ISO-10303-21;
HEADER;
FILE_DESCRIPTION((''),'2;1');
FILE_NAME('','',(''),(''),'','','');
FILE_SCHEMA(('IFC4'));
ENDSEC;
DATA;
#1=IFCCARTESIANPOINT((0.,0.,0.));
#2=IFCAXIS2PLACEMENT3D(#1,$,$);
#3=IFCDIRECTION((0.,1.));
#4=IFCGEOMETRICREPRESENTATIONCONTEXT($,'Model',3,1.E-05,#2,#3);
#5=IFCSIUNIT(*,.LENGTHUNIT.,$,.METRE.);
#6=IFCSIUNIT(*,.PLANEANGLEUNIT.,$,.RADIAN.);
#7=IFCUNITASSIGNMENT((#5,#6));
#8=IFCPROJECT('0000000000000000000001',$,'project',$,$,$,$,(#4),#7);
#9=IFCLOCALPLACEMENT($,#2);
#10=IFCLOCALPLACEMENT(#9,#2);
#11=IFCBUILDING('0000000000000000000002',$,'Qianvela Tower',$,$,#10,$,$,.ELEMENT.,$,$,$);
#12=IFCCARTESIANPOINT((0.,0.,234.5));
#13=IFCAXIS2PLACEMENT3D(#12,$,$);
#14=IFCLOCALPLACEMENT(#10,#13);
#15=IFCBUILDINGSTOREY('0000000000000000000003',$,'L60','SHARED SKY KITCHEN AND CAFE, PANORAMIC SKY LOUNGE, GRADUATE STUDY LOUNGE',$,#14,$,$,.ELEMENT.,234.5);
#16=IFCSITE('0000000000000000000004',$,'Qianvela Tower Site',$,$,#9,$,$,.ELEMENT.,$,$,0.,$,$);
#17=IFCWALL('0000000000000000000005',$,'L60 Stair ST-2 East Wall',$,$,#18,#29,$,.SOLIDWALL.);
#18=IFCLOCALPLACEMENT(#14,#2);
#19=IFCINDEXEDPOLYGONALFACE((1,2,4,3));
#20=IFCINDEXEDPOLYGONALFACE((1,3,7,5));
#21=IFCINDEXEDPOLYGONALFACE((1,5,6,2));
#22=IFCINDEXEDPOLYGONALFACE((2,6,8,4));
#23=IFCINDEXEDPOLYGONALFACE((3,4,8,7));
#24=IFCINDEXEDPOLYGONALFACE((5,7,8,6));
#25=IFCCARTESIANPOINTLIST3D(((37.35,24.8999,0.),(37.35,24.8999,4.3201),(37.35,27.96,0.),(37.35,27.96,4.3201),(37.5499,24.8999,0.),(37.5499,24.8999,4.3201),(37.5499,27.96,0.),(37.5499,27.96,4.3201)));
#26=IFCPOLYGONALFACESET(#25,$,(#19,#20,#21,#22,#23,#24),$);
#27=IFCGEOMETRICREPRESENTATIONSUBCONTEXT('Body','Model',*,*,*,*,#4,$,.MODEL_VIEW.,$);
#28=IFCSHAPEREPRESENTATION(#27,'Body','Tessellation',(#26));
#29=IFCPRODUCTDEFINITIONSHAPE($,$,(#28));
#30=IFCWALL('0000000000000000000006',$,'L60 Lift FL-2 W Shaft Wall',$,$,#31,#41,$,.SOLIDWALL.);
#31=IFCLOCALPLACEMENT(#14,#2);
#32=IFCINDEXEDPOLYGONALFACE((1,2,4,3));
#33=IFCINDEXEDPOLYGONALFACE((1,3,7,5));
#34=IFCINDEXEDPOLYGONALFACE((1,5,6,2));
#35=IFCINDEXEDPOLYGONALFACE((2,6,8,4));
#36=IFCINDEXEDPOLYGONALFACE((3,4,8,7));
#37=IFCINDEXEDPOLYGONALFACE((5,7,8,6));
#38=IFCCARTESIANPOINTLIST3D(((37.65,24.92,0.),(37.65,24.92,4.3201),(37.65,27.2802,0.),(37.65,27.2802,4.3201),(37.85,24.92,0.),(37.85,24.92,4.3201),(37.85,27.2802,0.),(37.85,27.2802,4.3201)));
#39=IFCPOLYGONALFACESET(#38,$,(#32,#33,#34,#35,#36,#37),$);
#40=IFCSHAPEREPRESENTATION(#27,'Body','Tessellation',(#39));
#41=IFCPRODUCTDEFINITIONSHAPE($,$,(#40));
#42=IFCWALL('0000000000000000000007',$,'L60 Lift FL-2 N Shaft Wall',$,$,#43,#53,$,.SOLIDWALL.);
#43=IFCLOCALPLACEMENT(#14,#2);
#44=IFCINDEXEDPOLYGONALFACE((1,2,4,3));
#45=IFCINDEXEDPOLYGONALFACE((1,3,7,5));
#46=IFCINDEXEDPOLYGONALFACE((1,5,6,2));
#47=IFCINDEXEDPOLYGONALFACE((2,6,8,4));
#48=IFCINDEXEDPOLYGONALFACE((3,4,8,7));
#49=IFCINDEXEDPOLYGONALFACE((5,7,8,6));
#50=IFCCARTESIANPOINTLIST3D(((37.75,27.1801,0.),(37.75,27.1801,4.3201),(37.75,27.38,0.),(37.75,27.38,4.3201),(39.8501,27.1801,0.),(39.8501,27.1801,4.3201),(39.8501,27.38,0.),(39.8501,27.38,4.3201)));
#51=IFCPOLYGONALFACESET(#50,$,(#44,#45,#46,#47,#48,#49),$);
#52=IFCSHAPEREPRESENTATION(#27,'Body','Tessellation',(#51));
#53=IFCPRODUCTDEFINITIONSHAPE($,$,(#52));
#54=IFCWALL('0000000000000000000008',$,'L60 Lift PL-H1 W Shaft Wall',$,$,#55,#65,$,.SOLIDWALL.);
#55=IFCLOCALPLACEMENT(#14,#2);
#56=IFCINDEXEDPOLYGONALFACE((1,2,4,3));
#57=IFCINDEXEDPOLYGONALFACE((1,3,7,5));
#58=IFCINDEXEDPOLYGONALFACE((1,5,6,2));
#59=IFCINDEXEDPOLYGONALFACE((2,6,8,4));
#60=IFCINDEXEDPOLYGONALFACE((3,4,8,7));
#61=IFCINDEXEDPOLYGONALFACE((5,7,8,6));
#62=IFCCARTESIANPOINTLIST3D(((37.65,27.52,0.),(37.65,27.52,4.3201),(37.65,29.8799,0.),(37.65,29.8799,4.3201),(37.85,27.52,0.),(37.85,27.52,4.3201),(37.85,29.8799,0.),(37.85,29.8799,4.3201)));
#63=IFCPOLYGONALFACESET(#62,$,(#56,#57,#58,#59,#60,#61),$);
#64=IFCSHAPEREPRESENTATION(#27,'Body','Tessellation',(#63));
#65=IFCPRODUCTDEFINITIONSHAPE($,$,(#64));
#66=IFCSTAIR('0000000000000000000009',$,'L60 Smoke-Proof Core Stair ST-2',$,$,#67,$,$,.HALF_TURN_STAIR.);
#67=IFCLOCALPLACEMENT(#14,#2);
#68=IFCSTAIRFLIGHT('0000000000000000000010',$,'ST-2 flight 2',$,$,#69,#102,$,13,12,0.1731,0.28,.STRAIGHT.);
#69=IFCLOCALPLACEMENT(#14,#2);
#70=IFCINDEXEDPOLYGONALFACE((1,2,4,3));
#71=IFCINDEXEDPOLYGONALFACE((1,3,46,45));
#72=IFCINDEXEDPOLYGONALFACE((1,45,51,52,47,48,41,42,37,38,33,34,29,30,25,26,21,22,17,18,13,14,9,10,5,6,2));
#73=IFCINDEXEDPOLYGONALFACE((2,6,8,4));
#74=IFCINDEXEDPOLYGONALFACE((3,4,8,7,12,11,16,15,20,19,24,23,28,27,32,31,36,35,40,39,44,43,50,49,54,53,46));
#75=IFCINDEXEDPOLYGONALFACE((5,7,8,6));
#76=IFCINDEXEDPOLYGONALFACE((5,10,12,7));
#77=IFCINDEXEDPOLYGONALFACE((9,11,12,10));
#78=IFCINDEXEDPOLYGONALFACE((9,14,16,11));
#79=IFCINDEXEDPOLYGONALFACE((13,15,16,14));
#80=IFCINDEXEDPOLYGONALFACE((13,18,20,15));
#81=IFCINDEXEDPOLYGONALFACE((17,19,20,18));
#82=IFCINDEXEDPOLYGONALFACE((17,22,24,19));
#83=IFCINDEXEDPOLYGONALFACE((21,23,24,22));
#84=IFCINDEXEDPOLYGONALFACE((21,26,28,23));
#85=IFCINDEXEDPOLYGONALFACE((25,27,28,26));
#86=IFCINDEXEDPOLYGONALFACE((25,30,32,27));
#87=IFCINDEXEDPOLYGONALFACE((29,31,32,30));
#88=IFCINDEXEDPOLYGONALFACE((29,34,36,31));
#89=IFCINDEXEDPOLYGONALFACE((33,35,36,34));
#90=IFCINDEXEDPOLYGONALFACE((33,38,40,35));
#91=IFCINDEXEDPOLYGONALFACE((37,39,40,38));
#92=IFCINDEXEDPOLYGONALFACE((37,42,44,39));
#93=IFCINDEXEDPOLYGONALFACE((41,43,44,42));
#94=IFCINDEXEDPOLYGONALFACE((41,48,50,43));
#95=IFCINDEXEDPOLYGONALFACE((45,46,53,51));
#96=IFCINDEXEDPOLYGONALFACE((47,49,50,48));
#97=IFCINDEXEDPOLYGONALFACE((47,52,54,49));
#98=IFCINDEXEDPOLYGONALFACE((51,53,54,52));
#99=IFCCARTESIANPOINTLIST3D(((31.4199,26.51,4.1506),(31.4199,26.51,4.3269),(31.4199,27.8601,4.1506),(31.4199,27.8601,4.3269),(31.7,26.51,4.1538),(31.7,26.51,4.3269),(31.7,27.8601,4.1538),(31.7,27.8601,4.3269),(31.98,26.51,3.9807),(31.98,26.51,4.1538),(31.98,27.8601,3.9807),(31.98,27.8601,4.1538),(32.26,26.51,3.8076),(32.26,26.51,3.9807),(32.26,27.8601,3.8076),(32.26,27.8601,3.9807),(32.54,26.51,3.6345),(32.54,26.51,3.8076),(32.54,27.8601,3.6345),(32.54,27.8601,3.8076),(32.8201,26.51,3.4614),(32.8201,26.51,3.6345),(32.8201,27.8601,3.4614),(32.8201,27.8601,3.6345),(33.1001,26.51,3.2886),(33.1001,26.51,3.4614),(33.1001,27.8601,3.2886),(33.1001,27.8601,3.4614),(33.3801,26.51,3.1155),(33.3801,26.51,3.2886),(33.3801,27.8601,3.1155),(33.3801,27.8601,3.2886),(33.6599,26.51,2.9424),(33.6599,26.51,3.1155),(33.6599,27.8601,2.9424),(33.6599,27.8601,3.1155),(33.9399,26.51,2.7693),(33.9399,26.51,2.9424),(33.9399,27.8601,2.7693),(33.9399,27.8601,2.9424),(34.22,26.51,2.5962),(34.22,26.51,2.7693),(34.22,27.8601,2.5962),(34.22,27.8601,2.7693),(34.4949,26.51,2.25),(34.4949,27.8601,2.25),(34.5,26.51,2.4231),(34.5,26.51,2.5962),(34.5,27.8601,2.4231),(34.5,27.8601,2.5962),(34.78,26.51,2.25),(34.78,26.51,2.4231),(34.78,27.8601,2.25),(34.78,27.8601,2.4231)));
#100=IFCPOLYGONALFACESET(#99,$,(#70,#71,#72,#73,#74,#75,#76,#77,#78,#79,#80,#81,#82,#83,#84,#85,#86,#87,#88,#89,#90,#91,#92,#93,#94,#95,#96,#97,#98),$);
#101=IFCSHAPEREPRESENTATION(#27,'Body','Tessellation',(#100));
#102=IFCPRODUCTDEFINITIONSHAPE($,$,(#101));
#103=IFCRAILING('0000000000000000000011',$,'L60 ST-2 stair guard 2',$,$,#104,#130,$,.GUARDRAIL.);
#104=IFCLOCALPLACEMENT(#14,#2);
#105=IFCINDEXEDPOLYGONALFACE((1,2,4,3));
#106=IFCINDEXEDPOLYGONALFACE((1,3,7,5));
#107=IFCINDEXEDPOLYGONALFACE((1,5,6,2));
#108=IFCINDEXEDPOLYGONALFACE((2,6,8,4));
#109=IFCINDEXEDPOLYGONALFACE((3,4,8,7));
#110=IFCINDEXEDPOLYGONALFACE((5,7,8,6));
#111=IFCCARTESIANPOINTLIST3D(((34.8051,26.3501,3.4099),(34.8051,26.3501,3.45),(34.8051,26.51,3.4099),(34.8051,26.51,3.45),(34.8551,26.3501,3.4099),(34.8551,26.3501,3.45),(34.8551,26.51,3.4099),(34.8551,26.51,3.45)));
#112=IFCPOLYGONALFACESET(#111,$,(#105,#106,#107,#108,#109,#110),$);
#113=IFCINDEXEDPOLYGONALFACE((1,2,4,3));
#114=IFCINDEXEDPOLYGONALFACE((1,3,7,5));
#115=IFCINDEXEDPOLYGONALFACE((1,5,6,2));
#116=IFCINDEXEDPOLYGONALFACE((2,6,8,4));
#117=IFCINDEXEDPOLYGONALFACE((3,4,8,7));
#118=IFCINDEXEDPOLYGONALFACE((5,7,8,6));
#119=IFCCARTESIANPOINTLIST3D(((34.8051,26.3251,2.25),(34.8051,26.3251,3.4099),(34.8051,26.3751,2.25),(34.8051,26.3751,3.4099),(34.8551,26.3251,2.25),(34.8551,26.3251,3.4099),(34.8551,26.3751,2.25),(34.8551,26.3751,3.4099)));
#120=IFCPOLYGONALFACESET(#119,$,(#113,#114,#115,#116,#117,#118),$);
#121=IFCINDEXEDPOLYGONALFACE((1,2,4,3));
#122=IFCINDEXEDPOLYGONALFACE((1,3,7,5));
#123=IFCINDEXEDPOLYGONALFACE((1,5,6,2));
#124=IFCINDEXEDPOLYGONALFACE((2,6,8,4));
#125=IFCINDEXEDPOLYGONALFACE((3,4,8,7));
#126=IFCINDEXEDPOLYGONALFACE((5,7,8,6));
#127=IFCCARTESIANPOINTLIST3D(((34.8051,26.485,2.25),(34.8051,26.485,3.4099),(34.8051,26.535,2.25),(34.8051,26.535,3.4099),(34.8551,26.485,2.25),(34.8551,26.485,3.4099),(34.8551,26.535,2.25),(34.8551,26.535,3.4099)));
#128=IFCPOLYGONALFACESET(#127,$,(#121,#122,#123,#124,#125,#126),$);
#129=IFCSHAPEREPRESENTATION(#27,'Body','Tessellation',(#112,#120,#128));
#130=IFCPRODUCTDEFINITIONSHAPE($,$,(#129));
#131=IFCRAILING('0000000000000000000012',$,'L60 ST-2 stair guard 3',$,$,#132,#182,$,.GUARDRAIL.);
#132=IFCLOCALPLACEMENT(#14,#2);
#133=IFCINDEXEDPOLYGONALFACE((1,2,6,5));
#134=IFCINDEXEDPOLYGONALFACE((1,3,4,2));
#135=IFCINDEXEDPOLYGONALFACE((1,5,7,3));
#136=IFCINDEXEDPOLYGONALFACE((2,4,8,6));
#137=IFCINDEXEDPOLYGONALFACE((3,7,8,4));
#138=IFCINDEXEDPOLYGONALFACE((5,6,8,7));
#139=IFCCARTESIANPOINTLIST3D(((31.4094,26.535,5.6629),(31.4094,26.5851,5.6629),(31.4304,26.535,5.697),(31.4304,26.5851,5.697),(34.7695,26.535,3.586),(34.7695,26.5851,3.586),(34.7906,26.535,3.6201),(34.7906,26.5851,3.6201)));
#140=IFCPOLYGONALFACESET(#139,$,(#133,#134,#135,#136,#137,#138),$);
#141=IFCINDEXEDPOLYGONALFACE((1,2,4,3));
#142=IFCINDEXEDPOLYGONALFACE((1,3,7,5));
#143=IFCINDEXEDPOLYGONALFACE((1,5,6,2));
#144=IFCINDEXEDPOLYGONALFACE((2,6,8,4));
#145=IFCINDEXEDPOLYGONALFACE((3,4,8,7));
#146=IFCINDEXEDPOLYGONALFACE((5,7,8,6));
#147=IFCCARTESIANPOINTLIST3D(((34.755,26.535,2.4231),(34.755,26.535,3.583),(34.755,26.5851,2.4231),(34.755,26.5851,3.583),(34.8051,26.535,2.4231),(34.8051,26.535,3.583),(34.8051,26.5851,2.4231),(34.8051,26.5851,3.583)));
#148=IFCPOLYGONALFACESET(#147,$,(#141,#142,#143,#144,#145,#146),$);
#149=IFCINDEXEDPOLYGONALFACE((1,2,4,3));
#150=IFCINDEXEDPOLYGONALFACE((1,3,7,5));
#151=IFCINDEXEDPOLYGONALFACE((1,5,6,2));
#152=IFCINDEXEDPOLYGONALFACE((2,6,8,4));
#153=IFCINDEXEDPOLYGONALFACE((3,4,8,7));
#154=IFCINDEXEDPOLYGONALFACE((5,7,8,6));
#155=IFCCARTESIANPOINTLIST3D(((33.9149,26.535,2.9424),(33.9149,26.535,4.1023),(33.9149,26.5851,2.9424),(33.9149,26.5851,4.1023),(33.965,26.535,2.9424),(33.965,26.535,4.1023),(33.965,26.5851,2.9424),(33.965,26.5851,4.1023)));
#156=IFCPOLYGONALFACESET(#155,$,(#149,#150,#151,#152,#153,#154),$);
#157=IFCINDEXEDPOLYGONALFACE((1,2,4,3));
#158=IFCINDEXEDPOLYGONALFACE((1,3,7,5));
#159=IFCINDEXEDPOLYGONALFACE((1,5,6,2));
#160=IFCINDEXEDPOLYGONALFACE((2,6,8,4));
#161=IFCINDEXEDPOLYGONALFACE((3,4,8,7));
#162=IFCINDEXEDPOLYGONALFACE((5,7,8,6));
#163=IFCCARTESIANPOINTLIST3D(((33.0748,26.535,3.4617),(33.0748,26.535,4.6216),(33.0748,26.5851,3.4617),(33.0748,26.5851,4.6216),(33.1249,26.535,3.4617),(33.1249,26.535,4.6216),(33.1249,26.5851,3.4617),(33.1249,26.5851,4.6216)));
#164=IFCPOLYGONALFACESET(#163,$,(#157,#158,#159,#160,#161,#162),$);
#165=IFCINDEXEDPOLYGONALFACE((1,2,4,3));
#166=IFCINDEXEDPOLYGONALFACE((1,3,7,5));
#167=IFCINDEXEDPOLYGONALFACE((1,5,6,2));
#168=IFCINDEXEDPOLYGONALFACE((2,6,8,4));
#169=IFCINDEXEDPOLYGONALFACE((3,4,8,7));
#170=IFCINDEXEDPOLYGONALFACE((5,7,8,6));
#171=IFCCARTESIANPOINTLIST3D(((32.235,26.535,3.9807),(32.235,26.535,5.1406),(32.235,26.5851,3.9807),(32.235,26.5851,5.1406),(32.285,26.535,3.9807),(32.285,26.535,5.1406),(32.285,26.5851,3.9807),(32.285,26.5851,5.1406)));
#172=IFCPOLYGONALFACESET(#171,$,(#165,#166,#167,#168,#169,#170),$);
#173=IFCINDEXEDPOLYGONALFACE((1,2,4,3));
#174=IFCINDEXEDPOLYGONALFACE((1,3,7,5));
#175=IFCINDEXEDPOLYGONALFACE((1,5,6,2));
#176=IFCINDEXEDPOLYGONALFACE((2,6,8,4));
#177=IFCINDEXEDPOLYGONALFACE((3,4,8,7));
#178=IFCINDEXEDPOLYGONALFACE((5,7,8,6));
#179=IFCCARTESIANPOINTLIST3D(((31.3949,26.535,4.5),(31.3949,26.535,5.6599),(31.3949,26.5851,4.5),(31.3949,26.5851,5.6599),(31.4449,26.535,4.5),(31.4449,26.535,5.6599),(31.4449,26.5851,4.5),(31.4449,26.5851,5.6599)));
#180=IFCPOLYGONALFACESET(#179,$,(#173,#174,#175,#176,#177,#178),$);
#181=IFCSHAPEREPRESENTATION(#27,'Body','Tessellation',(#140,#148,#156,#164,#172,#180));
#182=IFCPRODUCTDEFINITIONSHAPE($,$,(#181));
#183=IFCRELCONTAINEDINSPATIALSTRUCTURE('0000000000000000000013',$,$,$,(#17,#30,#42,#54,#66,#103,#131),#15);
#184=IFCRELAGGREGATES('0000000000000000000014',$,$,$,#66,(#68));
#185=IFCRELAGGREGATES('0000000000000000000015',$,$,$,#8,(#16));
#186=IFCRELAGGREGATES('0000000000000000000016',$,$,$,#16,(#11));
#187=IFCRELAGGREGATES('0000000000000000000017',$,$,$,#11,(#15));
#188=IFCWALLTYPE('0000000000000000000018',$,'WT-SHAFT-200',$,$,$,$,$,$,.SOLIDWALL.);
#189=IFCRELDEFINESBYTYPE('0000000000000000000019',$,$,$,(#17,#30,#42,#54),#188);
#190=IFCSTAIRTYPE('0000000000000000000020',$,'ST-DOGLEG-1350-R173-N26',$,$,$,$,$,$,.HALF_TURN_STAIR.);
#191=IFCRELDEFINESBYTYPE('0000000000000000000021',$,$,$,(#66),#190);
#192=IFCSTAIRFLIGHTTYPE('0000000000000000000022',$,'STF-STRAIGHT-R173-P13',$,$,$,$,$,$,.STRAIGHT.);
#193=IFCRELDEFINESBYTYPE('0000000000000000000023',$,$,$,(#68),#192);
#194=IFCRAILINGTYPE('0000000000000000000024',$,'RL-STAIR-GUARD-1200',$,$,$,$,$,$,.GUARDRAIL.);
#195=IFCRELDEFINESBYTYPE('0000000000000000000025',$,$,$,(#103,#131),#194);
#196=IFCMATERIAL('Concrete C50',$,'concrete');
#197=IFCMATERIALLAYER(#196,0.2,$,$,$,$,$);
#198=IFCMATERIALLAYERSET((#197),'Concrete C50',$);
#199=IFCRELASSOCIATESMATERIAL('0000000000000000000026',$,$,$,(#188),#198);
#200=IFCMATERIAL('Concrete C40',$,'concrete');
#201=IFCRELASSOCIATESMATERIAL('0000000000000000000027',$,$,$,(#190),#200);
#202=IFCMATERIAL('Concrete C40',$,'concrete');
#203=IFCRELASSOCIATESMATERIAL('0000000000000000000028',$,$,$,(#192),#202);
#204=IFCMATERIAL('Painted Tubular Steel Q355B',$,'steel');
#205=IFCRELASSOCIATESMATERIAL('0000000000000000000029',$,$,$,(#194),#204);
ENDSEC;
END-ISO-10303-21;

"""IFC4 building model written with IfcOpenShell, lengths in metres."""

from ifc_helpers import new_model, si_unit, direction, frame, frame_2d, origin, origin_2d, place, context, subcontext, project, spatial, polyline, rectangle, outline, extrude, material, layer, layer_set, type_object, element, aggregate, save


model = new_model("IFC4")

# Units and contexts
model_context = context("Model", 3, precision=1e-05, world=origin(), true_north=direction((0.0, 1.0)))
body_context = subcontext(model_context, "Body", "Model", "MODEL_VIEW")
ifc_project = project(units=[si_unit("LENGTHUNIT", "METRE"), si_unit("PLANEANGLEUNIT", "RADIAN")], contexts=[model_context])

# Site, building, storey
site_placement = place(None, origin())
site = spatial("IfcSite", under=ifc_project, at=site_placement, Name="Qianvela Tower Site", CompositionType="ELEMENT", RefElevation=0.0)
building_placement = place(site_placement, origin())
building = spatial("IfcBuilding", under=site, at=building_placement, Name="Qianvela Tower", CompositionType="ELEMENT")
storey_placement = place(building_placement, frame((0.0, 0.0, 234.5)))
storey = spatial("IfcBuildingStorey", under=building, at=storey_placement, Name="L60", Description="SHARED SKY KITCHEN AND CAFE, PANORAMIC SKY LOUNGE, GRADUATE STUDY LOUNGE", CompositionType="ELEMENT", Elevation=234.5)

# Wall
ifc_material_1 = material(Name="Concrete C50", Category="concrete")
ifc_layer_1 = layer(ifc_material_1, 0.2)
ifc_layer_set_1 = layer_set([ifc_layer_1], Name="Concrete C50")
wall_type_1 = type_object("IfcWallType", Name="WT-SHAFT-200", PredefinedType="SOLIDWALL", material=ifc_layer_set_1)
wall_1_placement = place(storey_placement, frame((37.45, 24.8999, 0.0), z_axis=(0.0, 0.0, 1.0), x_axis=(0.0, 1.0, 0.0)))
element("IfcWall", 1, at=wall_1_placement, inside=storey, type_object=wall_type_1, Name="L60 Stair ST-2 East Wall", PredefinedType="SOLIDWALL", context=body_context, shape_type="SweptSolid", body=[
    extrude(rectangle(XDim=3.0601, YDim=0.2, at=frame_2d((1.53, 0.0))), origin(), (0.0, 0.0, 1.0), 4.3201),
])

# Walls
wall_2_placement = place(storey_placement, frame((37.75, 24.9199, 0.0), z_axis=(0.0, 0.0, 1.0), x_axis=(0.0, 1.0, 0.0)))
element("IfcWall", 2, at=wall_2_placement, inside=storey, type_object=wall_type_1, Name="L60 Lift FL-2 W Shaft Wall", PredefinedType="SOLIDWALL", context=body_context, shape_type="SweptSolid", body=[
    extrude(rectangle(XDim=2.3601, YDim=0.2, at=frame_2d((1.1802, 0.0))), origin(), (0.0, 0.0, 1.0), 4.3201),
])
wall_3_placement = place(storey_placement, frame((37.75, 27.28, 0.0), z_axis=(0.0, 0.0, 1.0), x_axis=(1.0, 0.0, 0.0)))
element("IfcWall", 3, at=wall_3_placement, inside=storey, type_object=wall_type_1, Name="L60 Lift FL-2 N Shaft Wall", PredefinedType="SOLIDWALL", context=body_context, shape_type="SweptSolid", body=[
    extrude(rectangle(XDim=2.1001, YDim=0.2, at=frame_2d((1.05, 0.0))), origin(), (0.0, 0.0, 1.0), 4.3201),
])

# Wall
wall_4_placement = place(storey_placement, frame((37.75, 27.52, 0.0), z_axis=(0.0, 0.0, 1.0), x_axis=(0.0, 1.0, 0.0)))
element("IfcWall", 4, at=wall_4_placement, inside=storey, type_object=wall_type_1, Name="L60 Lift PL-H1 W Shaft Wall", PredefinedType="SOLIDWALL", context=body_context, shape_type="SweptSolid", body=[
    extrude(rectangle(XDim=2.3599, YDim=0.2, at=frame_2d((1.1799, 0.0))), origin(), (0.0, 0.0, 1.0), 4.3201),
])

# Stair, stair flight
ifc_material_2 = material(Name="Concrete C40", Category="concrete")
stair_type = type_object("IfcStairType", Name="ST-DOGLEG-1350-R173-N26", PredefinedType="HALF_TURN_STAIR", material=ifc_material_2)
stair_placement = place(storey_placement, origin())
stair = element("IfcStair", 5, at=stair_placement, inside=storey, type_object=stair_type, Name="L60 Smoke-Proof Core Stair ST-2", PredefinedType="HALF_TURN_STAIR")
ifc_material_3 = material(Name="Concrete C40", Category="concrete")
stair_flight_type = type_object("IfcStairFlightType", Name="STF-STRAIGHT-R173-P13", PredefinedType="STRAIGHT", material=ifc_material_3)
stair_flight_placement = place(storey_placement, frame((34.78, 27.1851, 2.25), z_axis=(0.0, 0.0, 1.0), x_axis=(-1.0, 0.0, 0.0)))
stair_flight = element("IfcStairFlight", 6, at=stair_flight_placement, type_object=stair_flight_type, Name="ST-2 flight 2", NumberOfRisers=13, NumberOfTreads=12, PredefinedType="STRAIGHT", RiserHeight=0.1731, TreadLength=0.28, context=body_context, shape_type="SweptSolid", body=[
    extrude(outline(polyline([(0.0, 0.0), (0.0, 0.1731), (0.28, 0.1731), (0.28, 0.3462), (0.5601, 0.3462), (0.5601, 0.5193), (0.8401, 0.5193), (0.8401, 0.6924), (1.1201, 0.6924), (1.1201, 0.8655), (1.3999, 0.8655), (1.3999, 1.0386), (1.6799, 1.0386), (1.6799, 1.2114), (1.96, 1.2114), (1.96, 1.3845), (2.24, 1.3845), (2.24, 1.5576), (2.52, 1.5576), (2.52, 1.7307), (2.8, 1.7307), (2.8, 1.9038), (3.0801, 1.9038), (3.0801, 2.0769), (3.3601, 2.0769), (3.3601, 2.25), (3.3601, 1.9006), (0.2852, 0.0), (0.0, 0.0)])), frame((0.0, 0.675, 0.0), z_axis=(0.0, -1.0, 0.0), x_axis=(1.0, 0.0, 0.0)), (0.0, 0.0, 1.0), 1.3501),
])
aggregate(stair, [stair_flight])

# Railings
ifc_material_4 = material(Name="Painted Tubular Steel Q355B", Category="steel")
railing_type = type_object("IfcRailingType", Name="RL-STAIR-GUARD-1200", PredefinedType="GUARDRAIL", material=ifc_material_4)
railing_1_placement = place(storey_placement, frame((34.8301, 26.3501, 2.25)))
element("IfcRailing", 7, at=railing_1_placement, inside=storey, type_object=railing_type, Name="L60 ST-2 stair guard 2", PredefinedType="GUARDRAIL", context=body_context, shape_type="SweptSolid", body=[
    extrude(rectangle(XDim=0.05, YDim=0.04, at=origin_2d()), frame((0.0, 0.0, 1.1799), z_axis=(0.0, 1.0, 0.0), x_axis=(-1.0, 0.0, 0.0)), (0.0, 0.0, 1.0), 0.1599),
    extrude(rectangle(XDim=0.05, YDim=0.05, at=origin_2d()), origin(), (0.0, 0.0, 1.0), 1.1599),
    extrude(rectangle(XDim=0.05, YDim=0.05, at=origin_2d()), frame((0.0, 0.1599, 0.0)), (0.0, 0.0, 1.0), 1.1599),
])
railing_2_placement = place(storey_placement, frame((34.78, 26.5601, 2.4231)))
element("IfcRailing", 8, at=railing_2_placement, inside=storey, type_object=railing_type, Name="L60 ST-2 stair guard 3", PredefinedType="GUARDRAIL", context=body_context, shape_type="SweptSolid", body=[
    extrude(rectangle(XDim=0.05, YDim=0.04, at=origin_2d()), frame((0.0, 0.0, 1.1799), z_axis=(-0.850623, 0.0, 0.525776), x_axis=(0.0, -1.0, 0.0)), (0.0, 0.0, 1.0), 3.9502),
    extrude(rectangle(XDim=0.05, YDim=0.05, at=origin_2d()), origin(), (0.0, 0.0, 1.0), 1.1599),
    extrude(rectangle(XDim=0.05, YDim=0.05, at=origin_2d()), frame((-0.8401, 0.0, 0.5193)), (0.0, 0.0, 1.0), 1.1599),
    extrude(rectangle(XDim=0.05, YDim=0.05, at=origin_2d()), frame((-1.6802, 0.0, 1.0386)), (0.0, 0.0, 1.0), 1.1599),
    extrude(rectangle(XDim=0.05, YDim=0.05, at=origin_2d()), frame((-2.52, 0.0, 1.5576)), (0.0, 0.0, 1.0), 1.1599),
    extrude(rectangle(XDim=0.05, YDim=0.05, at=origin_2d()), frame((-3.3601, 0.0, 2.0769)), (0.0, 0.0, 1.0), 1.1599),
])

save(model, "model.ifc")
